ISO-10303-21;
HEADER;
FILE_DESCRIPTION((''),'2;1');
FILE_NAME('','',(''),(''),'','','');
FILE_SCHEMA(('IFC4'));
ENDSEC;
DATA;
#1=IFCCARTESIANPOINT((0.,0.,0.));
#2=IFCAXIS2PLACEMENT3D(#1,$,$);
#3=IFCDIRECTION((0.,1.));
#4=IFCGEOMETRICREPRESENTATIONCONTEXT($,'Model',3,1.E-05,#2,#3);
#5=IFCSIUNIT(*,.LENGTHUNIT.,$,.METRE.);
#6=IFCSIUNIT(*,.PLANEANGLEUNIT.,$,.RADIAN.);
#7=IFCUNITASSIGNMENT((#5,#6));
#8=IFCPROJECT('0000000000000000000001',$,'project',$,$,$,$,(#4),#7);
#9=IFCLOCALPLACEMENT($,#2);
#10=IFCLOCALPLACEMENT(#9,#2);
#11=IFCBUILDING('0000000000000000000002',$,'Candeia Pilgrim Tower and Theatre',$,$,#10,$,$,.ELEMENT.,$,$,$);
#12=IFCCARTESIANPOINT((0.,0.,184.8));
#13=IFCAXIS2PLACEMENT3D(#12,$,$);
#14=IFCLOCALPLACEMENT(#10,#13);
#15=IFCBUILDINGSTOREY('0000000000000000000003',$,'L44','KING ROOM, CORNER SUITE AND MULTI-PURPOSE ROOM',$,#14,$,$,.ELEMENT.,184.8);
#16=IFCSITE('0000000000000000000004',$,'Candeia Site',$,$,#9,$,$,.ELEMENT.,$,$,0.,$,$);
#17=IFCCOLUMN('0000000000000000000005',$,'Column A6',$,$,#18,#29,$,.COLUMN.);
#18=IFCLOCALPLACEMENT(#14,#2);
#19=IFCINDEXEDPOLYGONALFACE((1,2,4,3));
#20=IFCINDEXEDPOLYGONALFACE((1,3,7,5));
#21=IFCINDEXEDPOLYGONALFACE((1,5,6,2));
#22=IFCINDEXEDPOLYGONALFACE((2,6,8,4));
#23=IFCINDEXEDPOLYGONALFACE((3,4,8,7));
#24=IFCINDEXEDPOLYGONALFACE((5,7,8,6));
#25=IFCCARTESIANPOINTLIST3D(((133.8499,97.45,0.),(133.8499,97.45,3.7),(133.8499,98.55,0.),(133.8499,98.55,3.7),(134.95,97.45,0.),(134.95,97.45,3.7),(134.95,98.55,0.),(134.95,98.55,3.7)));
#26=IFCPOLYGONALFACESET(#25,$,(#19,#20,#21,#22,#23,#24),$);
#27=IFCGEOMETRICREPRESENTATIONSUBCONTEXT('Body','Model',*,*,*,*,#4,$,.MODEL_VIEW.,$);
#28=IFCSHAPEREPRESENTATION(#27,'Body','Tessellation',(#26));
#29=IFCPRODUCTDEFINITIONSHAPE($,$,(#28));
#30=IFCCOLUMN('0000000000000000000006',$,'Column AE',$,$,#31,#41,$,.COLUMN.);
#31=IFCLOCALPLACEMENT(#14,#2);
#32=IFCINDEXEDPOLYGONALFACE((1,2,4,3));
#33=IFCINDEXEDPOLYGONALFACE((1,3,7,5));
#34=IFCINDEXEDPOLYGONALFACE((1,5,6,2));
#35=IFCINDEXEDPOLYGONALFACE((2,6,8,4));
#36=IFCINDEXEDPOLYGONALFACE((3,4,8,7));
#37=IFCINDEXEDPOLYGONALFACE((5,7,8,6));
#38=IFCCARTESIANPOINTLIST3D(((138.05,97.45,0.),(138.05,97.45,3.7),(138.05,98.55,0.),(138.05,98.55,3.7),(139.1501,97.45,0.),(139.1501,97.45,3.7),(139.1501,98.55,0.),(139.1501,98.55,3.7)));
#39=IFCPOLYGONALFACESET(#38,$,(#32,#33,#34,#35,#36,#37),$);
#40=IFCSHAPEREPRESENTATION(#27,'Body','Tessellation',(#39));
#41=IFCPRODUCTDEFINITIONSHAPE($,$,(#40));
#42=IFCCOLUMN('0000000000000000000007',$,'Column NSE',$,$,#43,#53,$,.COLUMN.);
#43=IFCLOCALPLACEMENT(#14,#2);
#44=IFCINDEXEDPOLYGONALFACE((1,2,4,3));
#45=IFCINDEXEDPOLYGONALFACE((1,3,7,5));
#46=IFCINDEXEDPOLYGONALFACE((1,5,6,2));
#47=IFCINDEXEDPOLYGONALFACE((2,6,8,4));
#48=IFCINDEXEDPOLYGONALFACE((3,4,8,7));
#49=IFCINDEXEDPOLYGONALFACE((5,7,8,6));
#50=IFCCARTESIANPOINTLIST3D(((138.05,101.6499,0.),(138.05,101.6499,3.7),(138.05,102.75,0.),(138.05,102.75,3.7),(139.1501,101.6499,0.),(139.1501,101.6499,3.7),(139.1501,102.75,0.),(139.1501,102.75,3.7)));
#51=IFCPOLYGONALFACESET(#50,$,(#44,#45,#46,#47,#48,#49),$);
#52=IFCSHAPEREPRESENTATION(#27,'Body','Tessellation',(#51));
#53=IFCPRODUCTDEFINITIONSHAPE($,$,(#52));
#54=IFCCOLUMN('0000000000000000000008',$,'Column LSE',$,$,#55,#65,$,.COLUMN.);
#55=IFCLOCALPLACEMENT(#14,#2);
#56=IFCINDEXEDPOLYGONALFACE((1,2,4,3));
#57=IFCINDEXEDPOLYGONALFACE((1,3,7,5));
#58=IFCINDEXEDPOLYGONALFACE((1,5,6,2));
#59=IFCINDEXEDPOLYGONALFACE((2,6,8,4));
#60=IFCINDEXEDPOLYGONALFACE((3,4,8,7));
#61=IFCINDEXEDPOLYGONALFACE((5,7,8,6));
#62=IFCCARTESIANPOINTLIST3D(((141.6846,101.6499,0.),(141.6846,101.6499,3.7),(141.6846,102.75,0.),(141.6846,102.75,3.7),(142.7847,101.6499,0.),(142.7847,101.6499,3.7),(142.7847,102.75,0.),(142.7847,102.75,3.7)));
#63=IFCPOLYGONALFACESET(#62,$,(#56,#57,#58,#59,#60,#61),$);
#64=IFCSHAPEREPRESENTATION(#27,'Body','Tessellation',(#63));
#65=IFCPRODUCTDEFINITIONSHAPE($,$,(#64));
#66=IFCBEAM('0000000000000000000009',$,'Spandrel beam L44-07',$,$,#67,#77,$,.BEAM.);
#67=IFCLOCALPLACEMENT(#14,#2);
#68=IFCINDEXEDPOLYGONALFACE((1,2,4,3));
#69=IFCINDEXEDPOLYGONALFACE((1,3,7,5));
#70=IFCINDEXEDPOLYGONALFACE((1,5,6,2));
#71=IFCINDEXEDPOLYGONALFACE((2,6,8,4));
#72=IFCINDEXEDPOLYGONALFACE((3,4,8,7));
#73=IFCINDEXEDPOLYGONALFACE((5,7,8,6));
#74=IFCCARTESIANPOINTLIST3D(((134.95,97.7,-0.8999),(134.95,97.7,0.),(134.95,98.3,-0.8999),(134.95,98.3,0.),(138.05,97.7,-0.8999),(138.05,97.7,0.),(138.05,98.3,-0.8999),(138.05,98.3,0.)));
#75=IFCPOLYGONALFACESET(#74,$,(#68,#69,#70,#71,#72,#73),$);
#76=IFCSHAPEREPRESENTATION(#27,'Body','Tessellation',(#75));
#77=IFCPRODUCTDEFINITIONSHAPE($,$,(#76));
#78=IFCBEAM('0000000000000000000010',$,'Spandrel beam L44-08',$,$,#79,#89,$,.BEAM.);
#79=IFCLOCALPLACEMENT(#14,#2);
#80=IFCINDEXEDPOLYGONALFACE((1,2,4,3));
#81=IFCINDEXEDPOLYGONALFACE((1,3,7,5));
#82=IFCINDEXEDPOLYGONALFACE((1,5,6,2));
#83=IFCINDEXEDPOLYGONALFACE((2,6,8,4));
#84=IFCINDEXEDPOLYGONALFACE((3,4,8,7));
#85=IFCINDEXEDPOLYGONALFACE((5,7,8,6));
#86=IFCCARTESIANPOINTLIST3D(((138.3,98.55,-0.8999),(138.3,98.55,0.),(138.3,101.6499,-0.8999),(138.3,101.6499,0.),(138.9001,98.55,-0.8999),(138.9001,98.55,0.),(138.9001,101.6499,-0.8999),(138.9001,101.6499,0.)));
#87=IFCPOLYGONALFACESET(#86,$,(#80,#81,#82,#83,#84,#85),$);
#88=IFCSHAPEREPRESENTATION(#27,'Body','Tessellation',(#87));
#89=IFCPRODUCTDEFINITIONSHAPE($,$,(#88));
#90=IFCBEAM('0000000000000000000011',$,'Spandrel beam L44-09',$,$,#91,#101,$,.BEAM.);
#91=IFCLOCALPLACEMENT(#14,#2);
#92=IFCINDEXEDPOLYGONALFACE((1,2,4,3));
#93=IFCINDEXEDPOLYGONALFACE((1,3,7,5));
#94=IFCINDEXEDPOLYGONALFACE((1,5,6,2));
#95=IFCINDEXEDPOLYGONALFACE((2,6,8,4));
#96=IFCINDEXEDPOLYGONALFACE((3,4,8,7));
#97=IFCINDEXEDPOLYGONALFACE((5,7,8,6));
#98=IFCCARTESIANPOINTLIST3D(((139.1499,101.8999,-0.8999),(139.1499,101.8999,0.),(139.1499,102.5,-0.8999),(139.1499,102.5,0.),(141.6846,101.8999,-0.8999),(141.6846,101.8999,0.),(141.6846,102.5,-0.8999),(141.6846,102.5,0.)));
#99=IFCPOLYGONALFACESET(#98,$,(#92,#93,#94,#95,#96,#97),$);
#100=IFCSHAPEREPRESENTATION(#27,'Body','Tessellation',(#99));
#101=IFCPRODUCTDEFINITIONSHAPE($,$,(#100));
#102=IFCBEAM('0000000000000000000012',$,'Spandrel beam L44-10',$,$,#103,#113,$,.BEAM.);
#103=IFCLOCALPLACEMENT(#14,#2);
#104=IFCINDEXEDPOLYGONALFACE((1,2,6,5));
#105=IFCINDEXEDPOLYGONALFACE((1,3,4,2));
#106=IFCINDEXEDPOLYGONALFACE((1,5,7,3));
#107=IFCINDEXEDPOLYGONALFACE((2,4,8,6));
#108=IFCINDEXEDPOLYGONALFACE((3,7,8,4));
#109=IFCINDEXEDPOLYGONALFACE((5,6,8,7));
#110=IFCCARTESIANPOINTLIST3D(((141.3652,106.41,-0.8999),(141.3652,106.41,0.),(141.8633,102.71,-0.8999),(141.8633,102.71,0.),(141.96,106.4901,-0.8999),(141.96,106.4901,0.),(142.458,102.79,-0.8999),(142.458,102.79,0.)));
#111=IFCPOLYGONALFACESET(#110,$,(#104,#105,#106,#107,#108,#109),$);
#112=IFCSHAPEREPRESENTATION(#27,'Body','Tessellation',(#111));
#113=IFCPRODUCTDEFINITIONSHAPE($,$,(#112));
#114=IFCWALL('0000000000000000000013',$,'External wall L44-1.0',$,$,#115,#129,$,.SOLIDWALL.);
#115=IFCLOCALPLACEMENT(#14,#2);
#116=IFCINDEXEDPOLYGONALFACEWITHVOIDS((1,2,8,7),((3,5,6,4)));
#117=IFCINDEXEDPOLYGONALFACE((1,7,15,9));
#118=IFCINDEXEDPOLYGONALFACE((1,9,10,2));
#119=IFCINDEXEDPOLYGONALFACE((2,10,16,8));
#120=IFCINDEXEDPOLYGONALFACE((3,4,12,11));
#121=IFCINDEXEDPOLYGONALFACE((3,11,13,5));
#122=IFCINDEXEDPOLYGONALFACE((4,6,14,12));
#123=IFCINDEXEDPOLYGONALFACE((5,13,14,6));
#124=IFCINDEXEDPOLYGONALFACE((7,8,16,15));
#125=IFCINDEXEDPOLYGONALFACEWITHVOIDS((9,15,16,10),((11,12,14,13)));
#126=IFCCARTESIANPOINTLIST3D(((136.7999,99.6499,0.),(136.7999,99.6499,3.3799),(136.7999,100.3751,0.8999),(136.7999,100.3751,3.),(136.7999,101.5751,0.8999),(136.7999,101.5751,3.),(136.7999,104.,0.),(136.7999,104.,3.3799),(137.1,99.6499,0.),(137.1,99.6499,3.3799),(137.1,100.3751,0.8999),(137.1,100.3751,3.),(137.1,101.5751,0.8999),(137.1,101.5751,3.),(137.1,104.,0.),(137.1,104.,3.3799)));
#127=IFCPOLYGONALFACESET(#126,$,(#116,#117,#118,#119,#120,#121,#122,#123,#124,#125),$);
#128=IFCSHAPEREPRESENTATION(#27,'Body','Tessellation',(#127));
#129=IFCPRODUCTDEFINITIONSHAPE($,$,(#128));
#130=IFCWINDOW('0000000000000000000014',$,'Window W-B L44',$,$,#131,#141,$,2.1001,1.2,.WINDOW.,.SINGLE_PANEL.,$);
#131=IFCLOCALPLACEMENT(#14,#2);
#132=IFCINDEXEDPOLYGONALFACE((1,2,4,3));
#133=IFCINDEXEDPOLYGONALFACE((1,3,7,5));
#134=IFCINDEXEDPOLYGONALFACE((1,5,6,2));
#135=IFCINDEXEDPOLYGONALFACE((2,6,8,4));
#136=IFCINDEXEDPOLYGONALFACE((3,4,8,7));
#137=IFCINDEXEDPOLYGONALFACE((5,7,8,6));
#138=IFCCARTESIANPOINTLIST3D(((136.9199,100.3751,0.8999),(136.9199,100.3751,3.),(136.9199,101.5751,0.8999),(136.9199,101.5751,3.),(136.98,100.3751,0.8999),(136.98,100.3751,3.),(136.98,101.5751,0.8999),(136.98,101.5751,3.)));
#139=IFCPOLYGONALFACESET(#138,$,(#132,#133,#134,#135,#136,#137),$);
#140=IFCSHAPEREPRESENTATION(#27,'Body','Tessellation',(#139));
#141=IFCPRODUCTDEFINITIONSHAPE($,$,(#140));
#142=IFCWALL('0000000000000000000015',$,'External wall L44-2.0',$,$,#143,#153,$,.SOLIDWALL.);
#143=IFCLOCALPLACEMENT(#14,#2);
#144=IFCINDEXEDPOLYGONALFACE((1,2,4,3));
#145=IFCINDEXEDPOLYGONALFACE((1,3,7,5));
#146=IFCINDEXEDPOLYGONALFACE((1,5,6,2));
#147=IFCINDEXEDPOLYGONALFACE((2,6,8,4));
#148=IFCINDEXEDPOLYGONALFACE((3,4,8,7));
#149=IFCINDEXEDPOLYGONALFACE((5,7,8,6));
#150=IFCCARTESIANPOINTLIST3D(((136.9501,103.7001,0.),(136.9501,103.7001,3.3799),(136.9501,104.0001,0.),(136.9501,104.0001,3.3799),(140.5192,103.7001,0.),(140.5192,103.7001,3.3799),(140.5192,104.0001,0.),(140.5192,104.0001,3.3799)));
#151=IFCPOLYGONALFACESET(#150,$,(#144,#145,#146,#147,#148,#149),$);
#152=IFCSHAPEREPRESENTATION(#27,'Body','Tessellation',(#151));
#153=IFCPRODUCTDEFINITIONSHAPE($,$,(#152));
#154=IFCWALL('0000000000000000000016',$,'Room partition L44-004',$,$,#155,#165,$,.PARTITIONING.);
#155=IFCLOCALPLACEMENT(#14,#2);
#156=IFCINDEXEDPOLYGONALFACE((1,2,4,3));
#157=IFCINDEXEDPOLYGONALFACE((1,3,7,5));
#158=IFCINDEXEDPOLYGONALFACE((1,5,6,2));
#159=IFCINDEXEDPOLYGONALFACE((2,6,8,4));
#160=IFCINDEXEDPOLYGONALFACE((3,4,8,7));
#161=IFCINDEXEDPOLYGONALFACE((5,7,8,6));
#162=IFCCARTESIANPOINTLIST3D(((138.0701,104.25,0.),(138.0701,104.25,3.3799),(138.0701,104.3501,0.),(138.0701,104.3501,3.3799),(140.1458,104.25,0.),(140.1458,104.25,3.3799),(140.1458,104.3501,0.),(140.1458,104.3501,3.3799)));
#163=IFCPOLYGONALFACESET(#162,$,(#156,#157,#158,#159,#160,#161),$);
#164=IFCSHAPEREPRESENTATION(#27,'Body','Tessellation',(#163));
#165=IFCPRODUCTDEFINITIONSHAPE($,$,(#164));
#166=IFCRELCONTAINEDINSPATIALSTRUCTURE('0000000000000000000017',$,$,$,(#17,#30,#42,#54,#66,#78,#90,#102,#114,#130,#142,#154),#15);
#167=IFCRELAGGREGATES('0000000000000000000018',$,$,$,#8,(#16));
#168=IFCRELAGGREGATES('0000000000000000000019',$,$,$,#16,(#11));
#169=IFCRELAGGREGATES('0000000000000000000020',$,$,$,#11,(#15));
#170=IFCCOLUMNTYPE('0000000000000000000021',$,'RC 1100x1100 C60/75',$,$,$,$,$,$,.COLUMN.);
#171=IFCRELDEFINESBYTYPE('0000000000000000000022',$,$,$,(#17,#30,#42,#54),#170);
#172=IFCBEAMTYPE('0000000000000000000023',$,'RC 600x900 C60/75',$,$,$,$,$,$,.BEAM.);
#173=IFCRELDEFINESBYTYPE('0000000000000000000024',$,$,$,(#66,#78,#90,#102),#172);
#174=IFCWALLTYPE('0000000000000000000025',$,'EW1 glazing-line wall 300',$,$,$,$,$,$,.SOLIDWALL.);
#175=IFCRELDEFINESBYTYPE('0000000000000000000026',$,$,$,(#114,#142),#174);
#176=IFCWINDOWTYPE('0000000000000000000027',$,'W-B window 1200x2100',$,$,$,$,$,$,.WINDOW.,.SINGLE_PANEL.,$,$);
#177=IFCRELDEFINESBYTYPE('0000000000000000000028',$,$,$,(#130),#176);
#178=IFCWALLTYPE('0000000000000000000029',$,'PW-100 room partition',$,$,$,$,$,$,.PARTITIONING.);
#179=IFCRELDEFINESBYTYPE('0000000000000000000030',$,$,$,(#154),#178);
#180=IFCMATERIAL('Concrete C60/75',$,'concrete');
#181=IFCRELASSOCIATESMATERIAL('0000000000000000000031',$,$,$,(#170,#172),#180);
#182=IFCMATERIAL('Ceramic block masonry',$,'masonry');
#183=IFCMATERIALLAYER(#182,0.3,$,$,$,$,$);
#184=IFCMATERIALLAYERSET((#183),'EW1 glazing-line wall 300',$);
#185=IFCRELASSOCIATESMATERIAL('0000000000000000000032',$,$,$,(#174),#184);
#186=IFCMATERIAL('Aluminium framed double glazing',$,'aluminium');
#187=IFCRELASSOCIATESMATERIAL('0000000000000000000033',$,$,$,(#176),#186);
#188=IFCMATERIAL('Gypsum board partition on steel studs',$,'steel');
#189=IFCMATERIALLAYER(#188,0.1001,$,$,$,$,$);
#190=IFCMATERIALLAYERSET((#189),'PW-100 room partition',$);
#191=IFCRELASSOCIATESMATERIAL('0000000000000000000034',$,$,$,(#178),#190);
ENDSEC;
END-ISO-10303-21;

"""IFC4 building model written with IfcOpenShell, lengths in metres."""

from ifc_helpers import new_model, si_unit, direction, frame, frame_2d, origin, origin_2d, place, context, subcontext, project, spatial, rectangle, extrude, material, layer, layer_set, material_profile, profile_set, type_object, element, fill, save


model = new_model("IFC4")

# Units and contexts
model_context = context("Model", 3, precision=1e-05, world=origin(), true_north=direction((0.0, 1.0)))
body_context = subcontext(model_context, "Body", "Model", "MODEL_VIEW")
ifc_project = project(units=[si_unit("LENGTHUNIT", "METRE"), si_unit("PLANEANGLEUNIT", "RADIAN")], contexts=[model_context])

# Site, building, storey
site_placement = place(None, origin())
site = spatial("IfcSite", under=ifc_project, at=site_placement, Name="Candeia Site", CompositionType="ELEMENT", RefElevation=0.0)
building_placement = place(site_placement, origin())
building = spatial("IfcBuilding", under=site, at=building_placement, Name="Candeia Pilgrim Tower and Theatre", CompositionType="ELEMENT")
storey_placement = place(building_placement, frame((0.0, 0.0, 184.8)))
storey = spatial("IfcBuildingStorey", under=building, at=storey_placement, Name="L44", Description="KING ROOM, CORNER SUITE AND MULTI-PURPOSE ROOM", CompositionType="ELEMENT", Elevation=184.8)

# Columns
ifc_material_1 = material(Name="Concrete C60/75", Category="concrete")
ifc_material_profile_1 = material_profile(ifc_material_1, rectangle(XDim=1.1001, YDim=1.1001, at=origin_2d()))
ifc_profile_set_1 = profile_set([ifc_material_profile_1], Name="Concrete C60/75")
column_type = type_object("IfcColumnType", Name="RC 1100x1100 C60/75", PredefinedType="COLUMN", material=ifc_profile_set_1)
for number, where, z_axis, x_axis, name in (
    (1, (134.3999, 98.0, 0.0), (0.0, 0.0, 1.0), (1.0, 0.0, 0.0), "Column A6"),
    (2, (138.6001, 98.0, 0.0), (0.0, 0.0, 1.0), (1.0, 0.0, 0.0), "Column AE"),
    (3, (138.6001, 102.2, 0.0), (0.0, 0.0, 1.0), (1.0, 0.0, 0.0), "Column NSE"),
    (4, (142.2346, 102.2, 0.0), (0.0, 0.0, 1.0), (1.0, 0.0, 0.0), "Column LSE"),
):
    element("IfcColumn", number, at=place(storey_placement, frame(where, z_axis=z_axis, x_axis=x_axis)), inside=storey, type_object=column_type, Name=name, PredefinedType="COLUMN", context=body_context, shape_type="SweptSolid", body=[
        extrude(rectangle(XDim=1.1001, YDim=1.1001, at=origin_2d()), origin(), (0.0, 0.0, 1.0), 3.7),
    ])

# Beams
ifc_material_profile_2 = material_profile(ifc_material_1, rectangle(XDim=0.6001, YDim=0.8999, at=origin_2d()))
ifc_profile_set_2 = profile_set([ifc_material_profile_2], Name="Concrete C60/75")
beam_type = type_object("IfcBeamType", Name="RC 600x900 C60/75", PredefinedType="BEAM", material=ifc_profile_set_2)
beam_1_placement = place(storey_placement, frame((134.95, 98.0, -0.45), z_axis=(1.0, 0.0, 0.0), x_axis=(0.0, 1.0, 0.0)))
element("IfcBeam", 5, at=beam_1_placement, inside=storey, type_object=beam_type, Name="Spandrel beam L44-07", PredefinedType="BEAM", context=body_context, shape_type="SweptSolid", body=[
    extrude(rectangle(XDim=0.6001, YDim=0.8999, at=origin_2d()), origin(), (0.0, 0.0, 1.0), 3.1001),
])
beam_2_placement = place(storey_placement, frame((138.6001, 98.55, -0.45), z_axis=(0.0, 1.0, 0.0), x_axis=(-1.0, 0.0, 0.0)))
element("IfcBeam", 6, at=beam_2_placement, inside=storey, type_object=beam_type, Name="Spandrel beam L44-08", PredefinedType="BEAM", context=body_context, shape_type="SweptSolid", body=[
    extrude(rectangle(XDim=0.6001, YDim=0.8999, at=origin_2d()), origin(), (0.0, 0.0, 1.0), 3.0999),
])
beam_3_placement = place(storey_placement, frame((139.1499, 102.2, -0.45), z_axis=(1.0, 0.0, 0.0), x_axis=(0.0, 1.0, 0.0)))
element("IfcBeam", 7, at=beam_3_placement, inside=storey, type_object=beam_type, Name="Spandrel beam L44-09", PredefinedType="BEAM", context=body_context, shape_type="SweptSolid", body=[
    extrude(rectangle(XDim=0.6001, YDim=0.8999, at=origin_2d()), origin(), (0.0, 0.0, 1.0), 2.5347),
])
beam_4_placement = place(storey_placement, frame((142.1606, 102.75, -0.45), z_axis=(-0.133406, 0.991061, 0.0), x_axis=(-0.991061, -0.133406, 0.0)))
element("IfcBeam", 8, at=beam_4_placement, inside=storey, type_object=beam_type, Name="Spandrel beam L44-10", PredefinedType="BEAM", context=body_context, shape_type="SweptSolid", body=[
    extrude(rectangle(XDim=0.6001, YDim=0.8999, at=origin_2d()), origin(), (0.0, 0.0, 1.0), 3.7334),
])

# Wall, opening, window
ifc_material_2 = material(Name="Ceramic block masonry", Category="masonry")
ifc_layer_1 = layer(ifc_material_2, 0.3)
ifc_layer_set_1 = layer_set([ifc_layer_1], Name="EW1 glazing-line wall 300")
wall_type_1 = type_object("IfcWallType", Name="EW1 glazing-line wall 300", PredefinedType="SOLIDWALL", material=ifc_layer_set_1)
wall_1_placement = place(storey_placement, frame((136.95, 99.6499, 0.0), z_axis=(0.0, 0.0, 1.0), x_axis=(0.0, 1.0, 0.0)))
wall_1 = element("IfcWall", 9, at=wall_1_placement, inside=storey, type_object=wall_type_1, Name="External wall L44-1.0", PredefinedType="SOLIDWALL", context=body_context, shape_type="SweptSolid", body=[
    extrude(rectangle(XDim=4.3501, YDim=0.3, at=frame_2d((2.175, 0.0))), origin(), (0.0, 0.0, 1.0), 3.3799),
])
opening_1_placement = place(wall_1_placement, frame((0.7251, 0.0, 0.8999)))
opening_1 = element("IfcOpeningElement", 10, at=opening_1_placement, cuts=wall_1, PredefinedType="OPENING", context=body_context, shape_type="SweptSolid", body=[
    extrude(rectangle(XDim=1.2, YDim=2.1001, at=frame_2d((0.6001, 1.05))), frame((0.0, 0.1602, 0.0), z_axis=(0.0, -1.0, 0.0), x_axis=(1.0, 0.0, 0.0)), (0.0, 0.0, 1.0), 0.3201),
])
ifc_material_3 = material(Name="Aluminium framed double glazing", Category="aluminium")
window_type = type_object("IfcWindowType", Name="W-B window 1200x2100", PartitioningType="SINGLE_PANEL", PredefinedType="WINDOW", material=ifc_material_3)
window_1_placement = place(opening_1_placement, origin())
window_1 = element("IfcWindow", 11, at=window_1_placement, inside=storey, type_object=window_type, Name="Window W-B L44", OverallHeight=2.1001, OverallWidth=1.2, PartitioningType="SINGLE_PANEL", PredefinedType="WINDOW", context=body_context, shape_type="SweptSolid", body=[
    extrude(rectangle(XDim=1.2, YDim=2.1001, at=frame_2d((0.6001, 1.05))), frame((0.0, 0.03, 0.0), z_axis=(0.0, -1.0, 0.0), x_axis=(1.0, 0.0, 0.0)), (0.0, 0.0, 1.0), 0.0601),
])
fill(opening_1, window_1)

# Wall
wall_2_placement = place(storey_placement, frame((136.95, 103.8501, 0.0), z_axis=(0.0, 0.0, 1.0), x_axis=(1.0, 0.0, 0.0)))
element("IfcWall", 12, at=wall_2_placement, inside=storey, type_object=wall_type_1, Name="External wall L44-2.0", PredefinedType="SOLIDWALL", context=body_context, shape_type="SweptSolid", body=[
    extrude(rectangle(XDim=3.5691, YDim=0.3, at=frame_2d((1.7847, 0.0))), origin(), (0.0, 0.0, 1.0), 3.3799),
])

# Wall
ifc_material_4 = material(Name="Gypsum board partition on steel studs", Category="steel")
ifc_layer_2 = layer(ifc_material_4, 0.1001)
ifc_layer_set_2 = layer_set([ifc_layer_2], Name="PW-100 room partition")
wall_type_2 = type_object("IfcWallType", Name="PW-100 room partition", PredefinedType="PARTITIONING", material=ifc_layer_set_2)
wall_3_placement = place(storey_placement, frame((138.0701, 104.3, 0.0), z_axis=(0.0, 0.0, 1.0), x_axis=(1.0, 0.0, 0.0)))
element("IfcWall", 13, at=wall_3_placement, inside=storey, type_object=wall_type_2, Name="Room partition L44-004", PredefinedType="PARTITIONING", context=body_context, shape_type="SweptSolid", body=[
    extrude(rectangle(XDim=2.0757, YDim=0.1001, at=frame_2d((1.0378, 0.0))), origin(), (0.0, 0.0, 1.0), 3.3799),
])

save(model, "model.ifc")
